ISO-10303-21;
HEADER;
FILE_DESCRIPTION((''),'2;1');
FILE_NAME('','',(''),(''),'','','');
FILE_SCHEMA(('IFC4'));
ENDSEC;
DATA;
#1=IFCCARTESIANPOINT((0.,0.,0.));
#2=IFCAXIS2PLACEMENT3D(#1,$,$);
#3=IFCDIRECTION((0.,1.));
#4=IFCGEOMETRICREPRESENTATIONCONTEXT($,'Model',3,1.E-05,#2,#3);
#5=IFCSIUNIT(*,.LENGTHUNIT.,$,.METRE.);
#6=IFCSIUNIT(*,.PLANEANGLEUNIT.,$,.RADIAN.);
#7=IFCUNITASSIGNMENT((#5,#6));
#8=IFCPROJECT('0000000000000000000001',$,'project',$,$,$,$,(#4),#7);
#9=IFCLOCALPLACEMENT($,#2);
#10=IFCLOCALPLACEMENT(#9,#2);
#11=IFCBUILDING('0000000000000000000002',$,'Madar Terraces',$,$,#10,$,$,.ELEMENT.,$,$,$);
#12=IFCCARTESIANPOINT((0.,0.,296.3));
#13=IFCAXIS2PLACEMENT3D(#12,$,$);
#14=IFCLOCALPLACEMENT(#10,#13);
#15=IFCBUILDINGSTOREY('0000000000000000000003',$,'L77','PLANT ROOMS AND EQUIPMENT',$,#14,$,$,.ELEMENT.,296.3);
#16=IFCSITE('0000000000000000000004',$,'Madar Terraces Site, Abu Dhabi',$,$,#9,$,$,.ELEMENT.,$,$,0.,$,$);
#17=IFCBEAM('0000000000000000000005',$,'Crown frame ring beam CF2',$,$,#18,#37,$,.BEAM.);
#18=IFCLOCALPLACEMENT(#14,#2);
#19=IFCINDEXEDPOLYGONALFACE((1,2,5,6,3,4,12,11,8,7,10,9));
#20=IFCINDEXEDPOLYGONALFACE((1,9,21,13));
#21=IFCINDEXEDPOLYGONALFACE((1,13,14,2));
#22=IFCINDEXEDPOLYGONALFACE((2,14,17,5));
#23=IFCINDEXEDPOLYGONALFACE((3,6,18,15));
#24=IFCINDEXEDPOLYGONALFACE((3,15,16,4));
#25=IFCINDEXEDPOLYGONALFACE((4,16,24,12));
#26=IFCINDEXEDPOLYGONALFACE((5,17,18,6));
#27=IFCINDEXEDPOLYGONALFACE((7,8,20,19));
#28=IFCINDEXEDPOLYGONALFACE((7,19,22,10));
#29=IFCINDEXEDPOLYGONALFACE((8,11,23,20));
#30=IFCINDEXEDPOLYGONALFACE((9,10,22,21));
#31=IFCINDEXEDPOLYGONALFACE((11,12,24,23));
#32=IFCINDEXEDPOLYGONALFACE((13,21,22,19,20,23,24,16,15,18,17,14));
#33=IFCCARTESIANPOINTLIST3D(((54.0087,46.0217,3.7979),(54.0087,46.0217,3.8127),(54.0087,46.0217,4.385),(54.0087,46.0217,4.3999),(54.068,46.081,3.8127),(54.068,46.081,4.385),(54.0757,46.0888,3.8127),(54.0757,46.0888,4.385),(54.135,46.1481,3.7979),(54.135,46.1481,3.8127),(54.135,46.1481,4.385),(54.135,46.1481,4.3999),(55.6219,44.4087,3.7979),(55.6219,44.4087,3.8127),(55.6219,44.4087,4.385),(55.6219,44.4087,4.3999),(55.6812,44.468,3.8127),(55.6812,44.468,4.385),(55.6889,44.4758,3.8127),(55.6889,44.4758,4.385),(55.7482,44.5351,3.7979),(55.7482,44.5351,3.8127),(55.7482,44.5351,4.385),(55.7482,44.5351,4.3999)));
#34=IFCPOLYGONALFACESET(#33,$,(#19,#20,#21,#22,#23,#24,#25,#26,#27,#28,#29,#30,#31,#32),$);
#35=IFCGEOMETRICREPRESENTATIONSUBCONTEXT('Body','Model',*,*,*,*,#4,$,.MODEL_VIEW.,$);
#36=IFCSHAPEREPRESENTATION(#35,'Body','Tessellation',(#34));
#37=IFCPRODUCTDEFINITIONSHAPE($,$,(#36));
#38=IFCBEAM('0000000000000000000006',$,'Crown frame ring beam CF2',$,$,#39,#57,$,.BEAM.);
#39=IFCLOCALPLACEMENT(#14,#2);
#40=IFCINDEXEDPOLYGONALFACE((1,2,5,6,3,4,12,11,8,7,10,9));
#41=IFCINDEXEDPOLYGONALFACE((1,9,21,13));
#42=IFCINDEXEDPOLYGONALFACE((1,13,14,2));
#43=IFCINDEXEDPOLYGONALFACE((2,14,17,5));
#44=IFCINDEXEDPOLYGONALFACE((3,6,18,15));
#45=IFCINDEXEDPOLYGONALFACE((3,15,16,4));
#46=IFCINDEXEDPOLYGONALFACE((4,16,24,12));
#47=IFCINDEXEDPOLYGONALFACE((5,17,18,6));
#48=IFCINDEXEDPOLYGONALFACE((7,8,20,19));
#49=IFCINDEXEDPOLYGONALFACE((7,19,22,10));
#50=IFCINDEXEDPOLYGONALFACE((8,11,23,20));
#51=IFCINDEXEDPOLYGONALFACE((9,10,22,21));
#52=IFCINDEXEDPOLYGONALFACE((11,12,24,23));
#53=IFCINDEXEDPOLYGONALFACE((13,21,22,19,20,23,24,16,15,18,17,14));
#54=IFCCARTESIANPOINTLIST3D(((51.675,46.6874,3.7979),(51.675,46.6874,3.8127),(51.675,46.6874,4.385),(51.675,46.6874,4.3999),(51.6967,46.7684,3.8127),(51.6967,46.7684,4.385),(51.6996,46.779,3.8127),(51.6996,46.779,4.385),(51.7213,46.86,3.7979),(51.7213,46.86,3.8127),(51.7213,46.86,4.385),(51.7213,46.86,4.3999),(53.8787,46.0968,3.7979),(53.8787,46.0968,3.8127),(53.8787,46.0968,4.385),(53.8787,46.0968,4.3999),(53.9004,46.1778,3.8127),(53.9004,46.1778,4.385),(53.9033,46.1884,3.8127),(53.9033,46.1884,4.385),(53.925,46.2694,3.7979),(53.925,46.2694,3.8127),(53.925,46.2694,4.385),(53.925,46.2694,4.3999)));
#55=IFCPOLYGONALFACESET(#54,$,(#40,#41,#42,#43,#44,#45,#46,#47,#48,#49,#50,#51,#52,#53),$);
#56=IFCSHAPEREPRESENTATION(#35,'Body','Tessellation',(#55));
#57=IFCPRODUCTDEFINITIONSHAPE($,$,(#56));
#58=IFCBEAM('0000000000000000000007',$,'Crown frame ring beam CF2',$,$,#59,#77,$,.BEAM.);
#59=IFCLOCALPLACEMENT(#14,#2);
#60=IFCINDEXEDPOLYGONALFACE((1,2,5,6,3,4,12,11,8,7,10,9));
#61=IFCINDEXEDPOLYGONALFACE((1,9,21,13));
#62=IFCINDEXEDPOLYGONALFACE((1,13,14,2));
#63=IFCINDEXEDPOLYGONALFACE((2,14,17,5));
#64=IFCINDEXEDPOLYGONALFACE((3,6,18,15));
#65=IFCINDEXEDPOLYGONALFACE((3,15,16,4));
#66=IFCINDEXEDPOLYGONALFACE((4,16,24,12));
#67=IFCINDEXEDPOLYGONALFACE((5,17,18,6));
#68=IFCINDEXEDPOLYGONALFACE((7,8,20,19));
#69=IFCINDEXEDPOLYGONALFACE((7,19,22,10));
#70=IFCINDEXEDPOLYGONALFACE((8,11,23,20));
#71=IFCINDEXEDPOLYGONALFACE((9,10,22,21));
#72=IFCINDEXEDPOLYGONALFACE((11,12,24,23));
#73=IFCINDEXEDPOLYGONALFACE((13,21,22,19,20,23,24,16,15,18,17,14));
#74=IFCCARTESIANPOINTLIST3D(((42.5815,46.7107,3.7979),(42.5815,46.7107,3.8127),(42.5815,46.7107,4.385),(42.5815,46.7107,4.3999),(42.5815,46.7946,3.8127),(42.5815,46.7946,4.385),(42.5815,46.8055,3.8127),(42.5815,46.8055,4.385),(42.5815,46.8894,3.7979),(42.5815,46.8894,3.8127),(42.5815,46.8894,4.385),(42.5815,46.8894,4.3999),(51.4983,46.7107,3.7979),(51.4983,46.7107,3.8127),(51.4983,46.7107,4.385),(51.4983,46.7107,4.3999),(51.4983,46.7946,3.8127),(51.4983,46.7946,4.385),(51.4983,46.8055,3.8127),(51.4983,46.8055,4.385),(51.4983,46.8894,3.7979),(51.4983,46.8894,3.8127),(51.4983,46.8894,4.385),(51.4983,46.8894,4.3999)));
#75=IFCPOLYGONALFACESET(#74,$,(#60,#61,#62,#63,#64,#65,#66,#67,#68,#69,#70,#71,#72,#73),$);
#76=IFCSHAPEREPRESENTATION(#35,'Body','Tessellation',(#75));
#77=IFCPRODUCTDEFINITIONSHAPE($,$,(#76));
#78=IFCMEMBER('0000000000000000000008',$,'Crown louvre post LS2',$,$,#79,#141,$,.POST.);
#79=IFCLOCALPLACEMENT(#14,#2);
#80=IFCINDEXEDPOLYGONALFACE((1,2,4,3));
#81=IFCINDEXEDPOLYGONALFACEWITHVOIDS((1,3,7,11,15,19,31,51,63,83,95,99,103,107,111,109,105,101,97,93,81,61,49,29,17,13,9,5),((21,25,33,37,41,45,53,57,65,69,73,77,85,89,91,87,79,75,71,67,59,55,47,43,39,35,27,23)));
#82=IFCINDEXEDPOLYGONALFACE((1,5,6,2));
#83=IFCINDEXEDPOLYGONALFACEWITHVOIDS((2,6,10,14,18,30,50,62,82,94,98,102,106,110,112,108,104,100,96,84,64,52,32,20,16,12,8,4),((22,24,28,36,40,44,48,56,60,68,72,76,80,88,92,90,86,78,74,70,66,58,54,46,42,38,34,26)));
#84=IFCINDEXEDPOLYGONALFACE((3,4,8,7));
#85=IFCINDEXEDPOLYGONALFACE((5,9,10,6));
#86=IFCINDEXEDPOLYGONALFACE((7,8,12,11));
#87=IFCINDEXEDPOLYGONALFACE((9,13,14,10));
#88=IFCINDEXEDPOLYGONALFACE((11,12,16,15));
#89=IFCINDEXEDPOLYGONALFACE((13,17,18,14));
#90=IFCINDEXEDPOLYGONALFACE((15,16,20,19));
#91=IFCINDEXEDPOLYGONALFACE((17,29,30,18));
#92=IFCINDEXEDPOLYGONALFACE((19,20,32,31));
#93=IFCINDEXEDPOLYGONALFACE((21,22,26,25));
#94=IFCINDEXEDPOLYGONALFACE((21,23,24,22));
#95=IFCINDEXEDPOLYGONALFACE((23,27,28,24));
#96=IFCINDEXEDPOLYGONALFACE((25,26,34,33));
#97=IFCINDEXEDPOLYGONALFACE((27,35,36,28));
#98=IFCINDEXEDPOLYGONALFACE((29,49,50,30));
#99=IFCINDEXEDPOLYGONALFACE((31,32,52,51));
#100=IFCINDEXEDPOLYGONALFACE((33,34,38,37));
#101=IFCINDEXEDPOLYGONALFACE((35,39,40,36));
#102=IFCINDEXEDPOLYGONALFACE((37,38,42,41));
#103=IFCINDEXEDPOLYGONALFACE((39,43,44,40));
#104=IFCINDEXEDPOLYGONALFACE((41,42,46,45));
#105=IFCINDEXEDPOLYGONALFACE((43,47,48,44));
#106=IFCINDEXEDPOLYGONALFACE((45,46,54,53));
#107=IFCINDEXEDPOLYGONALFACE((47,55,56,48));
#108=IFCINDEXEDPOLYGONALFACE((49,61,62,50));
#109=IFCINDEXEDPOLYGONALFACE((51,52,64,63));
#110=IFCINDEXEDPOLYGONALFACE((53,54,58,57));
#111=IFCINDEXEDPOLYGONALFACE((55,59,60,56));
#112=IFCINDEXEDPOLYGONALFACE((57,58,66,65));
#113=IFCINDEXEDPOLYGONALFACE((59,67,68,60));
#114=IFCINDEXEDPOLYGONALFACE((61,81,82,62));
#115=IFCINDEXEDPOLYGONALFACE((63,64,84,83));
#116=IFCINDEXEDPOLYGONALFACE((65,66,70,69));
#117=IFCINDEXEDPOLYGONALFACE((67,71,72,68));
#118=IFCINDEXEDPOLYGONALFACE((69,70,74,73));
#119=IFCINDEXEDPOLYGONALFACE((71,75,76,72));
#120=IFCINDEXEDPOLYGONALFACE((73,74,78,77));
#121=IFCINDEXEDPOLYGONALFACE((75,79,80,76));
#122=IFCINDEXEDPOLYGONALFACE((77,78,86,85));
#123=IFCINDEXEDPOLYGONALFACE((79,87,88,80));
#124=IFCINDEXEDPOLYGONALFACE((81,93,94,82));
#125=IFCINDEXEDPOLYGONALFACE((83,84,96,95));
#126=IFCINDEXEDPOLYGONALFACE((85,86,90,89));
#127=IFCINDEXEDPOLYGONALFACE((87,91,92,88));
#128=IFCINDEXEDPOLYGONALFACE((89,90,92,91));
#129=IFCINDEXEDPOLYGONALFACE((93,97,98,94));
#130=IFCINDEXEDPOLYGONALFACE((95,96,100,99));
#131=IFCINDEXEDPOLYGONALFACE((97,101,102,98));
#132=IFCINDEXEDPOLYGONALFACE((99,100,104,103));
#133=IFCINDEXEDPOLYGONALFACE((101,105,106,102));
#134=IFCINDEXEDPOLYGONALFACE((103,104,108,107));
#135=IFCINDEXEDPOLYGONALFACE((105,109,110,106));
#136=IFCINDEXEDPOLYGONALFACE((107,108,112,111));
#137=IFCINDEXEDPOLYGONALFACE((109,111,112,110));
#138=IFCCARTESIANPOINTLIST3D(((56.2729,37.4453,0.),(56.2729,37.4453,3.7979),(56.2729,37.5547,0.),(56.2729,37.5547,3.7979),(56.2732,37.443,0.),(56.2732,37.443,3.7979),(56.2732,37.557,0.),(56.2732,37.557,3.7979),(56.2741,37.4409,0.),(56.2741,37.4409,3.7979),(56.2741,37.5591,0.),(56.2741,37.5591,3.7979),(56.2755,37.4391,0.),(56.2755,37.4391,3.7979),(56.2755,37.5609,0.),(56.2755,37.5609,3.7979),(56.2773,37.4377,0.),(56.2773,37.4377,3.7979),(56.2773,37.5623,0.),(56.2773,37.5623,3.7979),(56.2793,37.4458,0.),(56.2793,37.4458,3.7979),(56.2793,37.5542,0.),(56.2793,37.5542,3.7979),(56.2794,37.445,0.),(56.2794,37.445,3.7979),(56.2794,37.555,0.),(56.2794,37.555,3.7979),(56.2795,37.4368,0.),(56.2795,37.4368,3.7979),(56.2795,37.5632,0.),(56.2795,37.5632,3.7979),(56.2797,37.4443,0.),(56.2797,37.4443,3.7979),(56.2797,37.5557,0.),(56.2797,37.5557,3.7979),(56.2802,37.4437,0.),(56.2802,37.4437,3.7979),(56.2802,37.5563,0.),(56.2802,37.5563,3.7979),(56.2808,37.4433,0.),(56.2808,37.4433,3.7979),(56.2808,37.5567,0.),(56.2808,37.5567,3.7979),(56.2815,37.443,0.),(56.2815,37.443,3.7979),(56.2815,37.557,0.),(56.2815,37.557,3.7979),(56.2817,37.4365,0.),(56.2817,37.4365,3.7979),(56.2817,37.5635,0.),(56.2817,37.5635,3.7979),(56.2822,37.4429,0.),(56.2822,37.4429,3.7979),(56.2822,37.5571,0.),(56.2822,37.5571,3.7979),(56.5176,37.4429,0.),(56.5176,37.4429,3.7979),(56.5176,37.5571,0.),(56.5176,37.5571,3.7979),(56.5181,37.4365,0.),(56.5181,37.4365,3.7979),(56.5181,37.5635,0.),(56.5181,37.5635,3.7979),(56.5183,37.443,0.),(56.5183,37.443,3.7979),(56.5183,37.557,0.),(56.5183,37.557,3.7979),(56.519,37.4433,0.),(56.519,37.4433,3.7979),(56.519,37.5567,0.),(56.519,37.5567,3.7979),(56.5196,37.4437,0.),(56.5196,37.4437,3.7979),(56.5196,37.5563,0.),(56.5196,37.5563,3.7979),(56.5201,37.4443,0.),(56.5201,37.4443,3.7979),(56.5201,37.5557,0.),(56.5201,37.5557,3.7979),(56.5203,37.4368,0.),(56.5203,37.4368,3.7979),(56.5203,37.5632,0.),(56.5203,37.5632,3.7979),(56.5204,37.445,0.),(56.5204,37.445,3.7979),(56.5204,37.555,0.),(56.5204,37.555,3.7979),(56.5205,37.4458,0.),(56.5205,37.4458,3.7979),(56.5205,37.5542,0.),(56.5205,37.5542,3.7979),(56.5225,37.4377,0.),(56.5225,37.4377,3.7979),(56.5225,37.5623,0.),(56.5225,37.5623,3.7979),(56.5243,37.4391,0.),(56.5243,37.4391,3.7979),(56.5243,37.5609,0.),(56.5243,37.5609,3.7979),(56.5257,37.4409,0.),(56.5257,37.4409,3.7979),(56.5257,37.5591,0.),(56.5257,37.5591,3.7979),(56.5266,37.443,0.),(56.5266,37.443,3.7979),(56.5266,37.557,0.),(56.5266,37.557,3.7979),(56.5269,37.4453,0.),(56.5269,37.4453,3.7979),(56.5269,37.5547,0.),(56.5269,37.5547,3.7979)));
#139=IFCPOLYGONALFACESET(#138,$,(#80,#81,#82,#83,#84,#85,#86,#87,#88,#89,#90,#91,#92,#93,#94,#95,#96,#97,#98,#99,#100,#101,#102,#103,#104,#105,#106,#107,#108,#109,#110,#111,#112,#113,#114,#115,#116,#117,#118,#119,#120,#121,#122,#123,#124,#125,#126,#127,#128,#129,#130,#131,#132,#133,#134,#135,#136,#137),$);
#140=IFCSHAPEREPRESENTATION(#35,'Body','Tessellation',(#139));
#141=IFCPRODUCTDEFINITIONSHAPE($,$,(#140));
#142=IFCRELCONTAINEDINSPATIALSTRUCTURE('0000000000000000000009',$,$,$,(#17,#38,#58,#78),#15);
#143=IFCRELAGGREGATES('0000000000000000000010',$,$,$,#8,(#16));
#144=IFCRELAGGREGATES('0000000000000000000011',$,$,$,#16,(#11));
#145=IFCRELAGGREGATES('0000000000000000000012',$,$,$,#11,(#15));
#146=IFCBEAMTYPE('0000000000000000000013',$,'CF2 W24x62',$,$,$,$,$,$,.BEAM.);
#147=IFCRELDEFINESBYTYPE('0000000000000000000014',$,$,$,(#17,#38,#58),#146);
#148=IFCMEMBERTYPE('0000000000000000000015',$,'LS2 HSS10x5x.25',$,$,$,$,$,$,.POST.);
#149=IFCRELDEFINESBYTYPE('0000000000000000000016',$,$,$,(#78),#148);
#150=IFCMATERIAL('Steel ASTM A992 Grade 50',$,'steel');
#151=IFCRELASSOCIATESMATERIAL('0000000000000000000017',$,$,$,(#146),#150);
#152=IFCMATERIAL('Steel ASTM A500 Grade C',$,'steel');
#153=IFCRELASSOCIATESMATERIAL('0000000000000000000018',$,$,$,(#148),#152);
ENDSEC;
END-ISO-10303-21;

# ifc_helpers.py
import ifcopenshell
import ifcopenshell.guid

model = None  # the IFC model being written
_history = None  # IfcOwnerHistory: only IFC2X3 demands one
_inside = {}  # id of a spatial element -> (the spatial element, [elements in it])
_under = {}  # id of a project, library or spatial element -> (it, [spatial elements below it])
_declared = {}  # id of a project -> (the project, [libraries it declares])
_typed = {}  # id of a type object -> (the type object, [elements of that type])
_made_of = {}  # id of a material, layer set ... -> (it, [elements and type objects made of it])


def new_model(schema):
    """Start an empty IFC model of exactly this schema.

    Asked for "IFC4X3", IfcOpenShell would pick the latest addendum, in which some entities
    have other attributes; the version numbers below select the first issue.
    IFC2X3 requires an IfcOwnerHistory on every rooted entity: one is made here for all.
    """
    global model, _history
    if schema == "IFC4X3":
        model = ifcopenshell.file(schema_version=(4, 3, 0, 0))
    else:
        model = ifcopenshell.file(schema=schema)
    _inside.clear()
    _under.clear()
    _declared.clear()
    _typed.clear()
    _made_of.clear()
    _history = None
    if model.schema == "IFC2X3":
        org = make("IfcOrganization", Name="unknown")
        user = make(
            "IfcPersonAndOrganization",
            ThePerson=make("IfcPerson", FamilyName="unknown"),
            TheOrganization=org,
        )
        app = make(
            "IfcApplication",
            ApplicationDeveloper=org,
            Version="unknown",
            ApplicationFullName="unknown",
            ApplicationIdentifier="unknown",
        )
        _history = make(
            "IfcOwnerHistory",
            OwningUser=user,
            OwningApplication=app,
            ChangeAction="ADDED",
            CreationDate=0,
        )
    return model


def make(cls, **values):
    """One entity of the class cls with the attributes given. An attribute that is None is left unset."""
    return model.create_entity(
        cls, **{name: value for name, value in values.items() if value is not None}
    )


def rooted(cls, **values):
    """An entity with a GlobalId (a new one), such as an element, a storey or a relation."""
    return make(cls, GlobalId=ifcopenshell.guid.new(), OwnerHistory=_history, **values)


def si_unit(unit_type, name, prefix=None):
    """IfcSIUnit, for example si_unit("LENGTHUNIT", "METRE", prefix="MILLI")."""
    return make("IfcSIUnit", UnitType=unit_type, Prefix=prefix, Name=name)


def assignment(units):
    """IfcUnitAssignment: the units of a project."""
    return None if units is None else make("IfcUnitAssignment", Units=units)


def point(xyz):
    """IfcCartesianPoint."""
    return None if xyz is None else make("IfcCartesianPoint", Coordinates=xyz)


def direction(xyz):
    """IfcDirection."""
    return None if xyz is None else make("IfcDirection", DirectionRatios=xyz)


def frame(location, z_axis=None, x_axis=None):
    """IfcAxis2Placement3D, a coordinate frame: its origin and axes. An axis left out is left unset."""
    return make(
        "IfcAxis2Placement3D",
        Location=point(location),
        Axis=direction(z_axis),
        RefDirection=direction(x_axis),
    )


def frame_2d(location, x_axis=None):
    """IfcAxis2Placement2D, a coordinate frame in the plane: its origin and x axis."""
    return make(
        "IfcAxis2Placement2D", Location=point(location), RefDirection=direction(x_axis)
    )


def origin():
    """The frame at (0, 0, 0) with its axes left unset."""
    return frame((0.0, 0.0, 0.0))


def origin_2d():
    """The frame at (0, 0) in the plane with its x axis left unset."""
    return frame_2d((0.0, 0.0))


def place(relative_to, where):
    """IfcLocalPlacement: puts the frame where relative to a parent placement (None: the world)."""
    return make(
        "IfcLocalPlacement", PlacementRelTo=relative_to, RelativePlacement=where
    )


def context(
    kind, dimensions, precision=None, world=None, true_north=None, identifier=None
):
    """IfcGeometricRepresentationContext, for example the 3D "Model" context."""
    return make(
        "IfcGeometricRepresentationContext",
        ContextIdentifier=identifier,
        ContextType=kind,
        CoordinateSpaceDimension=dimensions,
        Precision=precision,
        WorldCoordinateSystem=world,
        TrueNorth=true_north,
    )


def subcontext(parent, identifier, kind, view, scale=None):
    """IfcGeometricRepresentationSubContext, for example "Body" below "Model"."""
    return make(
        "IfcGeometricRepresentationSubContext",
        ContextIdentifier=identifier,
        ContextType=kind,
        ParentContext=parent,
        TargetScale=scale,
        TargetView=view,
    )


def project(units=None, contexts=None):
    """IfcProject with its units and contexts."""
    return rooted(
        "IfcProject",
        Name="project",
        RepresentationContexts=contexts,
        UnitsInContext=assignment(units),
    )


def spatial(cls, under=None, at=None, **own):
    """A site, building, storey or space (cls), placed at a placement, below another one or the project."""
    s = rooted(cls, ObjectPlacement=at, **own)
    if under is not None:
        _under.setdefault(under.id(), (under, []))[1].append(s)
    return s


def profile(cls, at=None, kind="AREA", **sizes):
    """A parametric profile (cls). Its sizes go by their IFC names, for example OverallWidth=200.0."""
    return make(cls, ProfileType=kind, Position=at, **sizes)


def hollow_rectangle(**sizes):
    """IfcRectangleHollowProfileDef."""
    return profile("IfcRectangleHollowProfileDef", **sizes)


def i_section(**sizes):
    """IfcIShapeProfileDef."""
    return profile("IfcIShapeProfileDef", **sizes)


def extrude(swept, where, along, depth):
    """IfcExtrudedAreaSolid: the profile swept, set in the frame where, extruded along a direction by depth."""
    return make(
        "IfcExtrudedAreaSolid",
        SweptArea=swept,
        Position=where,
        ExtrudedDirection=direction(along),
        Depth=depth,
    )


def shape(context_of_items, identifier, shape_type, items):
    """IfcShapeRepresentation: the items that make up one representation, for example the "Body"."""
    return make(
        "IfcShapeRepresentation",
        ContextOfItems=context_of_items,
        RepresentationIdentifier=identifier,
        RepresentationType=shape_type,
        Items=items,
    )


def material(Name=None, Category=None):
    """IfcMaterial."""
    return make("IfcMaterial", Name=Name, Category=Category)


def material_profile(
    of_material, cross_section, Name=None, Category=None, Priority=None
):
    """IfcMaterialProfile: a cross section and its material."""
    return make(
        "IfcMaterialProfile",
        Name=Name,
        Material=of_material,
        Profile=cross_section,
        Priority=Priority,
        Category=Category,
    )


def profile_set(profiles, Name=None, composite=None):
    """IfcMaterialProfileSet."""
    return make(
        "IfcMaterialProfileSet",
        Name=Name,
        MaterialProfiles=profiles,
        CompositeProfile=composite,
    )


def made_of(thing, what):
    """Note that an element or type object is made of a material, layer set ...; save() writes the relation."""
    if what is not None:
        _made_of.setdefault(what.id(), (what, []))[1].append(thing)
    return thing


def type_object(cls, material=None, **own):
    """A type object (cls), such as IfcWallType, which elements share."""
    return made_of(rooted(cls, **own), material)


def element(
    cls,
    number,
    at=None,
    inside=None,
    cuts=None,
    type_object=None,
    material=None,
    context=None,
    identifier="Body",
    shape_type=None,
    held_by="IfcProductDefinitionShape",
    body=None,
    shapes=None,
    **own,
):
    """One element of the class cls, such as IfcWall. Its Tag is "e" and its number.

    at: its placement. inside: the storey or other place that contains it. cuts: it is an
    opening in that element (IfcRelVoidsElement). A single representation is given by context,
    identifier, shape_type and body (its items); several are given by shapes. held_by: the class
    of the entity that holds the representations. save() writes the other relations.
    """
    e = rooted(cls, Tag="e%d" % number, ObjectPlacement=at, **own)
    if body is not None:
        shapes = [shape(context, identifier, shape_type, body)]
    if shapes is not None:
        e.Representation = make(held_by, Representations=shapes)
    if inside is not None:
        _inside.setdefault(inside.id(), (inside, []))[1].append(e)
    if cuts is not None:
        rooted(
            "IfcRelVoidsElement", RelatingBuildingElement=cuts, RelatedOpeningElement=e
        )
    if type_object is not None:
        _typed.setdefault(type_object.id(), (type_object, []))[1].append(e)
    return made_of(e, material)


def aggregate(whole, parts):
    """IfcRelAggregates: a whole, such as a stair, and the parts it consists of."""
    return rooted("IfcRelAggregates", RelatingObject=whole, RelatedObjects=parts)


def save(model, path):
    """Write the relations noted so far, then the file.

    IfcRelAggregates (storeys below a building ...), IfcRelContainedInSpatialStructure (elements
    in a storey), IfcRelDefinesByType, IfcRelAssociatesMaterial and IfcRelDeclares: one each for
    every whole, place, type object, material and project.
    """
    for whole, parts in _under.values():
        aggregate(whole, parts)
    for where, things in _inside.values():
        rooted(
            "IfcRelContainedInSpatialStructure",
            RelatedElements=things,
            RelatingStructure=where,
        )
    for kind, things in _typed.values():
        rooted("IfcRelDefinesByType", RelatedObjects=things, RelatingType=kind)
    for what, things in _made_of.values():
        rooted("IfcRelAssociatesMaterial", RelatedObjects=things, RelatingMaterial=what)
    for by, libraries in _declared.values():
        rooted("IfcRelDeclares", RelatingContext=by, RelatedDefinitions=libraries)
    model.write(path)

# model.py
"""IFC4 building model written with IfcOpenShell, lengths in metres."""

from ifc_helpers import new_model, si_unit, direction, frame, origin, origin_2d, place, context, subcontext, project, spatial, hollow_rectangle, i_section, extrude, material, material_profile, profile_set, type_object, element, save


model = new_model("IFC4")

# Units and contexts
model_context = context("Model", 3, precision=1e-05, world=origin(), true_north=direction((0.0, 1.0)))
body_context = subcontext(model_context, "Body", "Model", "MODEL_VIEW")
ifc_project = project(units=[si_unit("LENGTHUNIT", "METRE"), si_unit("PLANEANGLEUNIT", "RADIAN")], contexts=[model_context])

# Site, building, storey
site_placement = place(None, origin())
site = spatial("IfcSite", under=ifc_project, at=site_placement, Name="Madar Terraces Site, Abu Dhabi", CompositionType="ELEMENT", RefElevation=0.0)
building_placement = place(site_placement, origin())
building = spatial("IfcBuilding", under=site, at=building_placement, Name="Madar Terraces", CompositionType="ELEMENT")
storey_placement = place(building_placement, frame((0.0, 0.0, 296.3)))
storey = spatial("IfcBuildingStorey", under=building, at=storey_placement, Name="L77", Description="PLANT ROOMS AND EQUIPMENT", CompositionType="ELEMENT", Elevation=296.3)

# Beams
ifc_material_1 = material(Name="Steel ASTM A992 Grade 50", Category="steel")
ifc_material_profile_1 = material_profile(ifc_material_1, i_section(OverallWidth=0.1787, OverallDepth=0.6021, WebThickness=0.011, FlangeThickness=0.0149, at=origin_2d()), Name="W24x62")
ifc_profile_set_1 = profile_set([ifc_material_profile_1], Name="Steel ASTM A992 Grade 50")
beam_type = type_object("IfcBeamType", Name="CF2 W24x62", PredefinedType="BEAM", material=ifc_profile_set_1)
beam_1_placement = place(storey_placement, frame((55.6851, 44.4719, 4.0989), z_axis=(-0.70716, 0.707053, 0.0), x_axis=(-0.707053, -0.70716, 0.0)))
element("IfcBeam", 1, at=beam_1_placement, inside=storey, type_object=beam_type, Name="Crown frame ring beam CF2", PredefinedType="BEAM", context=body_context, shape_type="SweptSolid", body=[
    extrude(i_section(OverallWidth=0.1787, OverallDepth=0.6021, WebThickness=0.011, FlangeThickness=0.0149, at=origin_2d()), origin(), (0.0, 0.0, 1.0), 2.2812),
])
beam_2_placement = place(storey_placement, frame((53.9019, 46.1831, 4.0989), z_axis=(-0.965913, 0.258868, 0.0), x_axis=(-0.258868, -0.965913, 0.0)))
element("IfcBeam", 2, at=beam_2_placement, inside=storey, type_object=beam_type, Name="Crown frame ring beam CF2", PredefinedType="BEAM", context=body_context, shape_type="SweptSolid", body=[
    extrude(i_section(OverallWidth=0.1787, OverallDepth=0.6021, WebThickness=0.011, FlangeThickness=0.0149, at=origin_2d()), origin(), (0.0, 0.0, 1.0), 2.2815),
])
beam_3_placement = place(storey_placement, frame((51.4983, 46.8, 4.0989), z_axis=(-1.0, 0.0, 0.0), x_axis=(0.0, -1.0, 0.0)))
element("IfcBeam", 3, at=beam_3_placement, inside=storey, type_object=beam_type, Name="Crown frame ring beam CF2", PredefinedType="BEAM", context=body_context, shape_type="SweptSolid", body=[
    extrude(i_section(OverallWidth=0.1787, OverallDepth=0.6021, WebThickness=0.011, FlangeThickness=0.0149, at=origin_2d()), origin(), (0.0, 0.0, 1.0), 8.9167),
])

# Member
ifc_material_2 = material(Name="Steel ASTM A500 Grade C", Category="steel")
ifc_material_profile_2 = material_profile(ifc_material_2, hollow_rectangle(XDim=0.127, YDim=0.2539, WallThickness=0.0063, InnerFilletRadius=0.0029, OuterFilletRadius=0.0088, at=origin_2d()), Name="HSS10x5x.25")
ifc_profile_set_2 = profile_set([ifc_material_profile_2], Name="Steel ASTM A500 Grade C")
member_type = type_object("IfcMemberType", Name="LS2 HSS10x5x.25", PredefinedType="POST", material=ifc_profile_set_2)
for number, where, z_axis, x_axis, name in (
    (4, (56.3999, 37.5, 0.0), (0.0, 0.0, 1.0), (0.0, 1.0, 0.0), "Crown louvre post LS2"),
):
    element("IfcMember", number, at=place(storey_placement, frame(where, z_axis=z_axis, x_axis=x_axis)), inside=storey, type_object=member_type, Name=name, PredefinedType="POST", context=body_context, shape_type="SweptSolid", body=[
        extrude(hollow_rectangle(XDim=0.127, YDim=0.2539, WallThickness=0.0063, InnerFilletRadius=0.0029, OuterFilletRadius=0.0088, at=origin_2d()), origin(), (0.0, 0.0, 1.0), 3.7979),
    ])

save(model, "model.ifc")
